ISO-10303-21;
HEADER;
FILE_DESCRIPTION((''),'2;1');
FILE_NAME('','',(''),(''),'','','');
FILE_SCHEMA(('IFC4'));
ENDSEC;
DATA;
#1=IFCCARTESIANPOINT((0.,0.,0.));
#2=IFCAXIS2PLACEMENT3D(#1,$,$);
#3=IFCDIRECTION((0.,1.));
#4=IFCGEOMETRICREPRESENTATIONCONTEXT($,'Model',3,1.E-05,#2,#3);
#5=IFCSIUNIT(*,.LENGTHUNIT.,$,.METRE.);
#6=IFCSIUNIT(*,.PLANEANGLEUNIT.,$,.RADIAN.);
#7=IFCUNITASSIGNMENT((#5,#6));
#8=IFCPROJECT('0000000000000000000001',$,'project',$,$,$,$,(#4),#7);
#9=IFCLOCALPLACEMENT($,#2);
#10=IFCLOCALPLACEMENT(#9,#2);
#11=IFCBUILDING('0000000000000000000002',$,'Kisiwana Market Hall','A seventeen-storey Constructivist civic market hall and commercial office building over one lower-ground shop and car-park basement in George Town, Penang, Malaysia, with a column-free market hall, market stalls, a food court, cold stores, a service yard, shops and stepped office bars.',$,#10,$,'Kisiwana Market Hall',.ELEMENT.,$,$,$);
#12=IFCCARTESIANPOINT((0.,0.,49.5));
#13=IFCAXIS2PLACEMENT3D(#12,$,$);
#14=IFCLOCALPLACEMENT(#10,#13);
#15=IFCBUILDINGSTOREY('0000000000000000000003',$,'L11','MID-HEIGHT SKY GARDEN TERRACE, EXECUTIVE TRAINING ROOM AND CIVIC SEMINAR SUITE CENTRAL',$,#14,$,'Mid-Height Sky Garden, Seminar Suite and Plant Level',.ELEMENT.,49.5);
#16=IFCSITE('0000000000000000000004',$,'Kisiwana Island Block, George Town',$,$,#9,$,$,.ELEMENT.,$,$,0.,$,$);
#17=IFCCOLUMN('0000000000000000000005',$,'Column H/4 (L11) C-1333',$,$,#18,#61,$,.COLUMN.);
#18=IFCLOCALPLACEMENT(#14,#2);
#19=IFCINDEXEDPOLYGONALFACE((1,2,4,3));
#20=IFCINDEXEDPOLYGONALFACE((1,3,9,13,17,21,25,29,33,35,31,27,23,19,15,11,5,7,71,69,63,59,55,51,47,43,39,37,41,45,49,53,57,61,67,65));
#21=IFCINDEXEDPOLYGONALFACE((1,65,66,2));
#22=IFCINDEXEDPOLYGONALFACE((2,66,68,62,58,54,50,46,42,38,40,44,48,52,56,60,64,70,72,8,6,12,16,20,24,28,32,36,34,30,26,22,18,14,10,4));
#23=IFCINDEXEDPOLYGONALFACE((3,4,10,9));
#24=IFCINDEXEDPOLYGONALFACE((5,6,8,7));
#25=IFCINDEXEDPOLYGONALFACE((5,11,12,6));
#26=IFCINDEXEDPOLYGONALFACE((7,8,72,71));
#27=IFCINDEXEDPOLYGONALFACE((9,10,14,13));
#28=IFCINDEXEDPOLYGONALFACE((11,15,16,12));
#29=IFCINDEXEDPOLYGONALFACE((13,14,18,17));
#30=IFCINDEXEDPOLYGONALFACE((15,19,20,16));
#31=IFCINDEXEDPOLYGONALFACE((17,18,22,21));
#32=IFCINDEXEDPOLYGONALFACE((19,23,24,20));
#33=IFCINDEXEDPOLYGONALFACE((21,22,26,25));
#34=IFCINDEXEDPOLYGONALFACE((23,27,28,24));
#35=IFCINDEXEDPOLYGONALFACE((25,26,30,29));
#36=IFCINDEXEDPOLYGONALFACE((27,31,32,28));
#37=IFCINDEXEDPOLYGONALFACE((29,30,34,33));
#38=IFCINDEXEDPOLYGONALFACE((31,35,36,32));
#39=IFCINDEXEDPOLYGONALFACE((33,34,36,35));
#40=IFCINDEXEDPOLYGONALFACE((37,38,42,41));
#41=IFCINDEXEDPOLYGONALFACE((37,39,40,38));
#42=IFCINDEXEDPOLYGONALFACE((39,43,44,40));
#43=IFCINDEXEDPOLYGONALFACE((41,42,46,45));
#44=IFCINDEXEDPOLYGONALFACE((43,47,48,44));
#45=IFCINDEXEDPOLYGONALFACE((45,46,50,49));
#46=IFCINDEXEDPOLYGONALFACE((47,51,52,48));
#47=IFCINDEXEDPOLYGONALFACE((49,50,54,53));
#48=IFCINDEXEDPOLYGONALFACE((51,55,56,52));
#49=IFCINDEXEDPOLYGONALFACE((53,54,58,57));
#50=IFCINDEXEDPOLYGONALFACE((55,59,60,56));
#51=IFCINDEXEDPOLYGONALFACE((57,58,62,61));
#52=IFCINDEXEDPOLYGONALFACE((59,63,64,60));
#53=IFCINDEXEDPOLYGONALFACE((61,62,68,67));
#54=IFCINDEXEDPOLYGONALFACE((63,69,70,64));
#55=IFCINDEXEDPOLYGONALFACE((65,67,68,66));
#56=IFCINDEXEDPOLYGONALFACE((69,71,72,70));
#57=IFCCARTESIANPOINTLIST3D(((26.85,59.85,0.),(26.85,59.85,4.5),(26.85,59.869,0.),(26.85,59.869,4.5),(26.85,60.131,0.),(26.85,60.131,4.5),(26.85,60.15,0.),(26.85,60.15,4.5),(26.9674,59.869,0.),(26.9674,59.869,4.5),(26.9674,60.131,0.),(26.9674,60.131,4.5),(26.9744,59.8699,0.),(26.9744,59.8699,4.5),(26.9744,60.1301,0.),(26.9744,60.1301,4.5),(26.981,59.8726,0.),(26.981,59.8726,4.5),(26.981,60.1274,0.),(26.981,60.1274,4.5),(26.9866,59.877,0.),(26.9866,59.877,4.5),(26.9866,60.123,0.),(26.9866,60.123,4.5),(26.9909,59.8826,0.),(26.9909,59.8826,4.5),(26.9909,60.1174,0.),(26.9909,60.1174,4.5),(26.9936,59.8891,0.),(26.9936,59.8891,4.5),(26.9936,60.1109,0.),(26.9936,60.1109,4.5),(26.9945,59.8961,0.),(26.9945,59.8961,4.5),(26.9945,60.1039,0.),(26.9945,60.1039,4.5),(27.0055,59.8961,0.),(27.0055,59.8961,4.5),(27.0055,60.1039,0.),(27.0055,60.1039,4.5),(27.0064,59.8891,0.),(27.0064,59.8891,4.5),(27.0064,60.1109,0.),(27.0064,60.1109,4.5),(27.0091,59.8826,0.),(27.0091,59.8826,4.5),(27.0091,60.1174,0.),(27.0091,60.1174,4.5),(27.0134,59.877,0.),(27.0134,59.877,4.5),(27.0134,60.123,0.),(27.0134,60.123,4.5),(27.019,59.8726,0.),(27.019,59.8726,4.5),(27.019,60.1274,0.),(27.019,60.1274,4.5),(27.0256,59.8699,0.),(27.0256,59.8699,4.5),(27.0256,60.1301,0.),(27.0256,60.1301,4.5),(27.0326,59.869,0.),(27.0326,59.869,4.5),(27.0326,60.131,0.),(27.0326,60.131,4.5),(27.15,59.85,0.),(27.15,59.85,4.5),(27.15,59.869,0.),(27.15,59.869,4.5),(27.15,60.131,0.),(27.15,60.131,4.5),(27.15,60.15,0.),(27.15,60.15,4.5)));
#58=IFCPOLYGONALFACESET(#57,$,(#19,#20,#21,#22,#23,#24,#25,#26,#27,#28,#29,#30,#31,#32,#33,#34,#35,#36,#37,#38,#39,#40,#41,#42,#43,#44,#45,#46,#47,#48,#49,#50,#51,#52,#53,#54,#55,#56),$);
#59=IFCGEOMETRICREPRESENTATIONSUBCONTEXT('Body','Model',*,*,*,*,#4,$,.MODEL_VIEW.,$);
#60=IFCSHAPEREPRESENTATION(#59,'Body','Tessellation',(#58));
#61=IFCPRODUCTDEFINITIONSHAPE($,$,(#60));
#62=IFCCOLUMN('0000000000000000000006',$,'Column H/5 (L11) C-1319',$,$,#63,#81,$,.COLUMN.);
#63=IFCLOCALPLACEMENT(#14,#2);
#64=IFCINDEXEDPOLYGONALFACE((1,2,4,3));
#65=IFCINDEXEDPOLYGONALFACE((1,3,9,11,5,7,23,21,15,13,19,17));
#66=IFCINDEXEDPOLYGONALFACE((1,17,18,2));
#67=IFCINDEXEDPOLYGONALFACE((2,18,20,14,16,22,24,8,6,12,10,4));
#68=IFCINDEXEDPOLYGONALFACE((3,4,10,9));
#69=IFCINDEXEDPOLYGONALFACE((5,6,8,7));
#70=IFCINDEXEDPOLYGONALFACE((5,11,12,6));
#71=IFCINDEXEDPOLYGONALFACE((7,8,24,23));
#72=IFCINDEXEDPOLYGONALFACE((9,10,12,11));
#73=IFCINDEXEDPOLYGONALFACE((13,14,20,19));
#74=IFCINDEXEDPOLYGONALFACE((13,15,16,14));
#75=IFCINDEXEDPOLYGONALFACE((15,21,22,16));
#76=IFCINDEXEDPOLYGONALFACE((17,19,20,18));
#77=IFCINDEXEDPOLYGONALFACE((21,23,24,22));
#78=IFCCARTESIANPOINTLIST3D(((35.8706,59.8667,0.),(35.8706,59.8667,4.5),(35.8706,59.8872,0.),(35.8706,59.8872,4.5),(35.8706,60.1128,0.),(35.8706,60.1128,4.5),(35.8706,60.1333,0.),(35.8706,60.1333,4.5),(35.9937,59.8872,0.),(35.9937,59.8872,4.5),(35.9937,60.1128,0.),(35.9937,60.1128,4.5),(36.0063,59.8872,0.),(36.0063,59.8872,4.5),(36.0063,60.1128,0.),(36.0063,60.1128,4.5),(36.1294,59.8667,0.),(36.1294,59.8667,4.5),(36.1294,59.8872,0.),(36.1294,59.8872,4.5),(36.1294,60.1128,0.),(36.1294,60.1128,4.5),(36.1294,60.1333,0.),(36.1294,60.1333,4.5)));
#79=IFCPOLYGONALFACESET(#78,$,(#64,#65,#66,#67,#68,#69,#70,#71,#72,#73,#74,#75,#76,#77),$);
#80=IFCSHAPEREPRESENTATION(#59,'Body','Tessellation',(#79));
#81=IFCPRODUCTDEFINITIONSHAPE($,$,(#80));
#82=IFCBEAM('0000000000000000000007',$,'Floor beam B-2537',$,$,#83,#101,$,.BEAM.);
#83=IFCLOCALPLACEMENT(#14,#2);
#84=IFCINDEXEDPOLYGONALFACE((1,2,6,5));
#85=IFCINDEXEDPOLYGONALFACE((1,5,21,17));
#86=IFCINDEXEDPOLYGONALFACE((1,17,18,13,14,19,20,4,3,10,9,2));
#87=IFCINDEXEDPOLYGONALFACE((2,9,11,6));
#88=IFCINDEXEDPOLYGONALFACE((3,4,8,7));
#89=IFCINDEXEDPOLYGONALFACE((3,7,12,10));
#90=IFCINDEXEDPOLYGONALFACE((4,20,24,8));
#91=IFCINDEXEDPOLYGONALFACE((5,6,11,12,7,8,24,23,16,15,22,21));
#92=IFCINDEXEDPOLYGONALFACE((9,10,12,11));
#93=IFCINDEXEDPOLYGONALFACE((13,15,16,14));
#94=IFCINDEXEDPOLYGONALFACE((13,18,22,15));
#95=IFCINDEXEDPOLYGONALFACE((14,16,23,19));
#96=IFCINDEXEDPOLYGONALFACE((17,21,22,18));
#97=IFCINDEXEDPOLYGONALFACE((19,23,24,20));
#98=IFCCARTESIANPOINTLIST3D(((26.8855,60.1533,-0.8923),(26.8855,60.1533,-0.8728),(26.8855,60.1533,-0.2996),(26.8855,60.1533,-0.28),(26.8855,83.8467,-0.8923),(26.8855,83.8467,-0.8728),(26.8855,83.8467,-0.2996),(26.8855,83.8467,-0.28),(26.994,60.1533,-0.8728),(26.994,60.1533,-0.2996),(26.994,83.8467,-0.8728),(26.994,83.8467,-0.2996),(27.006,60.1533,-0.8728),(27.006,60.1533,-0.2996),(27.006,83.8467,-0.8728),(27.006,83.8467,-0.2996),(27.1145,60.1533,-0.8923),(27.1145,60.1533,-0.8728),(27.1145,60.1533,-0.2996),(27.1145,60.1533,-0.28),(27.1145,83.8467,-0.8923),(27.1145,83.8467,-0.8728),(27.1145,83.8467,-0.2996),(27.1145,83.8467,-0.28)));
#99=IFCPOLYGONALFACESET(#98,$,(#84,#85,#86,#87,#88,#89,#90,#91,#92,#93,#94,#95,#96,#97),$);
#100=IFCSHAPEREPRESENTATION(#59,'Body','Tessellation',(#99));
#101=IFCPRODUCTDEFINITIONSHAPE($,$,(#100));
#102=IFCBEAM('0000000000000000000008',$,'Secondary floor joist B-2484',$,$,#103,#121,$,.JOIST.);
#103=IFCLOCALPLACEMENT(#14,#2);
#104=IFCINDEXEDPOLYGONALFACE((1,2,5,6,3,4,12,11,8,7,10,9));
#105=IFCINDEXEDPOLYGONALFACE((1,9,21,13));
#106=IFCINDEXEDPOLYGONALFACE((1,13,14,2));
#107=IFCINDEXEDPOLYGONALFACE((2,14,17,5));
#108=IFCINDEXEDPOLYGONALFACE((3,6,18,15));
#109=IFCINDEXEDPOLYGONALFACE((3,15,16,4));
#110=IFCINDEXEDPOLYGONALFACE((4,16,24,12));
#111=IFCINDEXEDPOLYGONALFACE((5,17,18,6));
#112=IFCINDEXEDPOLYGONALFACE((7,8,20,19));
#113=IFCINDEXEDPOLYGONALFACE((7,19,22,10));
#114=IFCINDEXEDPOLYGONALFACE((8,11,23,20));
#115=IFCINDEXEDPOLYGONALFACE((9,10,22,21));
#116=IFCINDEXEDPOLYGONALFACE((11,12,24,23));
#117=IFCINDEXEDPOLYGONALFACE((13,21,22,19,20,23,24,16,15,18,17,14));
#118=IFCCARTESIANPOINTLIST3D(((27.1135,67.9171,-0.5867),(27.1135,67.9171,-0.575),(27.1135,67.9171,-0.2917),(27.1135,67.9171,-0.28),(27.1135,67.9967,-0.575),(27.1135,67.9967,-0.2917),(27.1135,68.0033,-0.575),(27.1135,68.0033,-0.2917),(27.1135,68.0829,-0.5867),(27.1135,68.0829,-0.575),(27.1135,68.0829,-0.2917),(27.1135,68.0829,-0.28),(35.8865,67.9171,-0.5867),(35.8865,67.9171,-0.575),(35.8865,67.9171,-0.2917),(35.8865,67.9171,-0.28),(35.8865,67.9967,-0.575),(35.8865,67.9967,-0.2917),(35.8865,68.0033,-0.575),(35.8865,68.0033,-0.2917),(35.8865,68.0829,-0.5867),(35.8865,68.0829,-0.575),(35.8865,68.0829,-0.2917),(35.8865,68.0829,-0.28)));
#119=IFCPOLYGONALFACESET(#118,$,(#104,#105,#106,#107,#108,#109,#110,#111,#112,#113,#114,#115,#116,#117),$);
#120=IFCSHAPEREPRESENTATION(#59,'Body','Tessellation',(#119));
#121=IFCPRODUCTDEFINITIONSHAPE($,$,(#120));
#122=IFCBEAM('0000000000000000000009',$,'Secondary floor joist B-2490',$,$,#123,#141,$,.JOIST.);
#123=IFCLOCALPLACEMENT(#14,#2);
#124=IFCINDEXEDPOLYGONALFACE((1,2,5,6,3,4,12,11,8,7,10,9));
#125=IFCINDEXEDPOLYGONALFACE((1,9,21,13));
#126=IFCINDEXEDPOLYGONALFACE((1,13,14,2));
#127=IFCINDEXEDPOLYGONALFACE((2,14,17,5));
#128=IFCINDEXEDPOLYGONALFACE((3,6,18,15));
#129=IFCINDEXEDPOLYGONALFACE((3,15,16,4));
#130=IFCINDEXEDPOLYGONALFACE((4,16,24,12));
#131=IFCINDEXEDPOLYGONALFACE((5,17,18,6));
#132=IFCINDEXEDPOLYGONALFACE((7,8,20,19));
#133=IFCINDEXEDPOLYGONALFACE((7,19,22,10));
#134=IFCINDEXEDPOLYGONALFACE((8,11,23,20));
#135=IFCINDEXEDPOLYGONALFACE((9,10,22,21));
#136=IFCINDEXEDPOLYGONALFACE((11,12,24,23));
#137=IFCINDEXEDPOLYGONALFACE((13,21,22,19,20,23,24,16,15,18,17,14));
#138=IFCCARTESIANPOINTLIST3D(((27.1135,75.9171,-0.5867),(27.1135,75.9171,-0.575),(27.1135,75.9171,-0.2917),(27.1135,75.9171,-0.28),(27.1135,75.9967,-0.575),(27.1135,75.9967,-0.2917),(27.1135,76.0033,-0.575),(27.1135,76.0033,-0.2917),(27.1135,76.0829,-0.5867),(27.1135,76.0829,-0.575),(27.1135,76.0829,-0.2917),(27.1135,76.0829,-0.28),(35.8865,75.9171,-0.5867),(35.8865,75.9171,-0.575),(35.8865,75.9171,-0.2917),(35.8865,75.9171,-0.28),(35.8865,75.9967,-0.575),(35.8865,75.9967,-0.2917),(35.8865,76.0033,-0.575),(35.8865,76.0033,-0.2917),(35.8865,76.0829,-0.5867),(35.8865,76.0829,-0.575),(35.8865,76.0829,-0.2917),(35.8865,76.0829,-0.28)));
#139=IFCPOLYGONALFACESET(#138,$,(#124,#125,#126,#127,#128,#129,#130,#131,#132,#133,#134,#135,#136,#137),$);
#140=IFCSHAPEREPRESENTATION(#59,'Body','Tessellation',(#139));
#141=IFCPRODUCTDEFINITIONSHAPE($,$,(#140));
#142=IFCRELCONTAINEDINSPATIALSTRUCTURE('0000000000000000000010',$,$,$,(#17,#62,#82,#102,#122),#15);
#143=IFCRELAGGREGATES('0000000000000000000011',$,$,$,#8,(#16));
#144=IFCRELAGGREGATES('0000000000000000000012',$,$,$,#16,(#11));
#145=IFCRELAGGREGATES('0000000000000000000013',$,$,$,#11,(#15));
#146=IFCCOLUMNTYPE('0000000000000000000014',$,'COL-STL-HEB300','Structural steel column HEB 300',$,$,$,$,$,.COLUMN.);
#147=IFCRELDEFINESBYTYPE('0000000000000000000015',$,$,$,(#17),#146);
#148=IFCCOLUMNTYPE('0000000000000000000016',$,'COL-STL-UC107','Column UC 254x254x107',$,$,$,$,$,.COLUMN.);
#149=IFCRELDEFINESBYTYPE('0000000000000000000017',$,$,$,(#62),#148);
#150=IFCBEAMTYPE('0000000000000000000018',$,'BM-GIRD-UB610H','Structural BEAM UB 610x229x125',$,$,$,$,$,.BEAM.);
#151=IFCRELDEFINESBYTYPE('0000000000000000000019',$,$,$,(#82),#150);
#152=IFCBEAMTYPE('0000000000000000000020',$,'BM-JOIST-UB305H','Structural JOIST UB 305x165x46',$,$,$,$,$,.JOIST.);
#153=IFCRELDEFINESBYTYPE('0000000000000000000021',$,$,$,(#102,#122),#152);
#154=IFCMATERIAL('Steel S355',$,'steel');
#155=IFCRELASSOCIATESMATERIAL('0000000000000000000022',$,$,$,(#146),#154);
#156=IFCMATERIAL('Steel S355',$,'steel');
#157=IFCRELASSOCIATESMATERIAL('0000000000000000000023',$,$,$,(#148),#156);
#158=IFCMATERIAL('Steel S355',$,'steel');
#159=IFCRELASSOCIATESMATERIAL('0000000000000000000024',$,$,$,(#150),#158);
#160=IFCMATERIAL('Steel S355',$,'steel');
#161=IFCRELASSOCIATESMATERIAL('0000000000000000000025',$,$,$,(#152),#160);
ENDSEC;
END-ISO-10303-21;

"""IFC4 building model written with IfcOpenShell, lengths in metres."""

from ifc_helpers import new_model, si_unit, direction, frame, origin, origin_2d, place, context, subcontext, project, spatial, i_section, extrude, material, material_profile, profile_set, type_object, element, save


model = new_model("IFC4")

# Units and contexts
model_context = context("Model", 3, precision=1e-05, world=origin(), true_north=direction((0.0, 1.0)))
body_context = subcontext(model_context, "Body", "Model", "MODEL_VIEW")
ifc_project = project(units=[si_unit("LENGTHUNIT", "METRE"), si_unit("PLANEANGLEUNIT", "RADIAN")], contexts=[model_context])

# Site, building, storey
site_placement = place(None, origin())
site = spatial("IfcSite", under=ifc_project, at=site_placement, Name="Kisiwana Island Block, George Town", CompositionType="ELEMENT", RefElevation=0.0)
building_placement = place(site_placement, origin())
building = spatial("IfcBuilding", under=site, at=building_placement, Name="Kisiwana Market Hall", Description="A seventeen-storey Constructivist civic market hall and commercial office building over one lower-ground shop and car-park basement in George Town, Penang, Malaysia, with a column-free market hall, market stalls, a food court, cold stores, a service yard, shops and stepped office bars.", LongName="Kisiwana Market Hall", CompositionType="ELEMENT")
storey_placement = place(building_placement, frame((0.0, 0.0, 49.5)))
storey = spatial("IfcBuildingStorey", under=building, at=storey_placement, Name="L11", Description="MID-HEIGHT SKY GARDEN TERRACE, EXECUTIVE TRAINING ROOM AND CIVIC SEMINAR SUITE CENTRAL", LongName="Mid-Height Sky Garden, Seminar Suite and Plant Level", CompositionType="ELEMENT", Elevation=49.5)

# Columns
ifc_material_1 = material(Name="Steel S355", Category="steel")
ifc_material_profile_1 = material_profile(ifc_material_1, i_section(OverallWidth=0.3, OverallDepth=0.3, WebThickness=0.011, FlangeThickness=0.019, FilletRadius=0.0271, at=origin_2d()), Name="HEB 300")
ifc_profile_set_1 = profile_set([ifc_material_profile_1], Name="Steel S355")
column_type_1 = type_object("IfcColumnType", Name="COL-STL-HEB300", Description="Structural steel column HEB 300", PredefinedType="COLUMN", material=ifc_profile_set_1)
column_1_placement = place(storey_placement, frame((27.0, 60.0, 0.0), z_axis=(0.0, 0.0, 1.0), x_axis=(1.0, 0.0, 0.0)))
element("IfcColumn", 1, at=column_1_placement, inside=storey, type_object=column_type_1, Name="Column H/4 (L11) C-1333", PredefinedType="COLUMN", context=body_context, shape_type="SweptSolid", body=[
    extrude(i_section(OverallWidth=0.3, OverallDepth=0.3, WebThickness=0.011, FlangeThickness=0.019, FilletRadius=0.0271, at=origin_2d()), origin(), (0.0, 0.0, 1.0), 4.5),
])
ifc_material_2 = material(Name="Steel S355", Category="steel")
ifc_material_profile_2 = material_profile(ifc_material_2, i_section(OverallWidth=0.2588, OverallDepth=0.2666, WebThickness=0.0127, FlangeThickness=0.0205, at=origin_2d()), Name="UC 254x254x107")
ifc_profile_set_2 = profile_set([ifc_material_profile_2], Name="Steel S355")
column_type_2 = type_object("IfcColumnType", Name="COL-STL-UC107", Description="Column UC 254x254x107", PredefinedType="COLUMN", material=ifc_profile_set_2)
column_2_placement = place(storey_placement, frame((36.0, 60.0, 0.0), z_axis=(0.0, 0.0, 1.0), x_axis=(1.0, 0.0, 0.0)))
element("IfcColumn", 2, at=column_2_placement, inside=storey, type_object=column_type_2, Name="Column H/5 (L11) C-1319", PredefinedType="COLUMN", context=body_context, shape_type="SweptSolid", body=[
    extrude(i_section(OverallWidth=0.2588, OverallDepth=0.2666, WebThickness=0.0127, FlangeThickness=0.0205, at=origin_2d()), origin(), (0.0, 0.0, 1.0), 4.5),
])

# Beams
ifc_material_3 = material(Name="Steel S355", Category="steel")
ifc_material_profile_3 = material_profile(ifc_material_3, i_section(OverallWidth=0.229, OverallDepth=0.6123, WebThickness=0.012, FlangeThickness=0.0195, at=origin_2d()), Name="UB 610x229x125")
ifc_profile_set_3 = profile_set([ifc_material_profile_3], Name="Steel S355")
beam_type_1 = type_object("IfcBeamType", Name="BM-GIRD-UB610H", Description="Structural BEAM UB 610x229x125", PredefinedType="BEAM", material=ifc_profile_set_3)
beam_placement = place(storey_placement, frame((27.0, 60.1533, -0.5862), z_axis=(0.0, 1.0, 0.0), x_axis=(-1.0, 0.0, 0.0)))
element("IfcBeam", 3, at=beam_placement, inside=storey, type_object=beam_type_1, Name="Floor beam B-2537", PredefinedType="BEAM", context=body_context, shape_type="SweptSolid", body=[
    extrude(i_section(OverallWidth=0.229, OverallDepth=0.6123, WebThickness=0.012, FlangeThickness=0.0195, at=origin_2d()), origin(), (0.0, 0.0, 1.0), 23.6934),
])
ifc_material_4 = material(Name="Steel S355", Category="steel")
ifc_material_profile_4 = material_profile(ifc_material_4, i_section(OverallWidth=0.1658, OverallDepth=0.3066, WebThickness=0.0066, FlangeThickness=0.0117, at=origin_2d()), Name="UB 305x165x46")
ifc_profile_set_4 = profile_set([ifc_material_profile_4], Name="Steel S355")
beam_type_2 = type_object("IfcBeamType", Name="BM-JOIST-UB305H", Description="Structural JOIST UB 305x165x46", PredefinedType="JOIST", material=ifc_profile_set_4)
for number, where, z_axis, x_axis, name in (
    (4, (27.1135, 68.0, -0.4333), (1.0, 0.0, 0.0), (0.0, 1.0, 0.0), "Secondary floor joist B-2484"),
    (5, (27.1135, 76.0, -0.4333), (1.0, 0.0, 0.0), (0.0, 1.0, 0.0), "Secondary floor joist B-2490"),
):
    element("IfcBeam", number, at=place(storey_placement, frame(where, z_axis=z_axis, x_axis=x_axis)), inside=storey, type_object=beam_type_2, Name=name, PredefinedType="JOIST", context=body_context, shape_type="SweptSolid", body=[
        extrude(i_section(OverallWidth=0.1658, OverallDepth=0.3066, WebThickness=0.0066, FlangeThickness=0.0117, at=origin_2d()), origin(), (0.0, 0.0, 1.0), 8.7729),
    ])

save(model, "model.ifc")
